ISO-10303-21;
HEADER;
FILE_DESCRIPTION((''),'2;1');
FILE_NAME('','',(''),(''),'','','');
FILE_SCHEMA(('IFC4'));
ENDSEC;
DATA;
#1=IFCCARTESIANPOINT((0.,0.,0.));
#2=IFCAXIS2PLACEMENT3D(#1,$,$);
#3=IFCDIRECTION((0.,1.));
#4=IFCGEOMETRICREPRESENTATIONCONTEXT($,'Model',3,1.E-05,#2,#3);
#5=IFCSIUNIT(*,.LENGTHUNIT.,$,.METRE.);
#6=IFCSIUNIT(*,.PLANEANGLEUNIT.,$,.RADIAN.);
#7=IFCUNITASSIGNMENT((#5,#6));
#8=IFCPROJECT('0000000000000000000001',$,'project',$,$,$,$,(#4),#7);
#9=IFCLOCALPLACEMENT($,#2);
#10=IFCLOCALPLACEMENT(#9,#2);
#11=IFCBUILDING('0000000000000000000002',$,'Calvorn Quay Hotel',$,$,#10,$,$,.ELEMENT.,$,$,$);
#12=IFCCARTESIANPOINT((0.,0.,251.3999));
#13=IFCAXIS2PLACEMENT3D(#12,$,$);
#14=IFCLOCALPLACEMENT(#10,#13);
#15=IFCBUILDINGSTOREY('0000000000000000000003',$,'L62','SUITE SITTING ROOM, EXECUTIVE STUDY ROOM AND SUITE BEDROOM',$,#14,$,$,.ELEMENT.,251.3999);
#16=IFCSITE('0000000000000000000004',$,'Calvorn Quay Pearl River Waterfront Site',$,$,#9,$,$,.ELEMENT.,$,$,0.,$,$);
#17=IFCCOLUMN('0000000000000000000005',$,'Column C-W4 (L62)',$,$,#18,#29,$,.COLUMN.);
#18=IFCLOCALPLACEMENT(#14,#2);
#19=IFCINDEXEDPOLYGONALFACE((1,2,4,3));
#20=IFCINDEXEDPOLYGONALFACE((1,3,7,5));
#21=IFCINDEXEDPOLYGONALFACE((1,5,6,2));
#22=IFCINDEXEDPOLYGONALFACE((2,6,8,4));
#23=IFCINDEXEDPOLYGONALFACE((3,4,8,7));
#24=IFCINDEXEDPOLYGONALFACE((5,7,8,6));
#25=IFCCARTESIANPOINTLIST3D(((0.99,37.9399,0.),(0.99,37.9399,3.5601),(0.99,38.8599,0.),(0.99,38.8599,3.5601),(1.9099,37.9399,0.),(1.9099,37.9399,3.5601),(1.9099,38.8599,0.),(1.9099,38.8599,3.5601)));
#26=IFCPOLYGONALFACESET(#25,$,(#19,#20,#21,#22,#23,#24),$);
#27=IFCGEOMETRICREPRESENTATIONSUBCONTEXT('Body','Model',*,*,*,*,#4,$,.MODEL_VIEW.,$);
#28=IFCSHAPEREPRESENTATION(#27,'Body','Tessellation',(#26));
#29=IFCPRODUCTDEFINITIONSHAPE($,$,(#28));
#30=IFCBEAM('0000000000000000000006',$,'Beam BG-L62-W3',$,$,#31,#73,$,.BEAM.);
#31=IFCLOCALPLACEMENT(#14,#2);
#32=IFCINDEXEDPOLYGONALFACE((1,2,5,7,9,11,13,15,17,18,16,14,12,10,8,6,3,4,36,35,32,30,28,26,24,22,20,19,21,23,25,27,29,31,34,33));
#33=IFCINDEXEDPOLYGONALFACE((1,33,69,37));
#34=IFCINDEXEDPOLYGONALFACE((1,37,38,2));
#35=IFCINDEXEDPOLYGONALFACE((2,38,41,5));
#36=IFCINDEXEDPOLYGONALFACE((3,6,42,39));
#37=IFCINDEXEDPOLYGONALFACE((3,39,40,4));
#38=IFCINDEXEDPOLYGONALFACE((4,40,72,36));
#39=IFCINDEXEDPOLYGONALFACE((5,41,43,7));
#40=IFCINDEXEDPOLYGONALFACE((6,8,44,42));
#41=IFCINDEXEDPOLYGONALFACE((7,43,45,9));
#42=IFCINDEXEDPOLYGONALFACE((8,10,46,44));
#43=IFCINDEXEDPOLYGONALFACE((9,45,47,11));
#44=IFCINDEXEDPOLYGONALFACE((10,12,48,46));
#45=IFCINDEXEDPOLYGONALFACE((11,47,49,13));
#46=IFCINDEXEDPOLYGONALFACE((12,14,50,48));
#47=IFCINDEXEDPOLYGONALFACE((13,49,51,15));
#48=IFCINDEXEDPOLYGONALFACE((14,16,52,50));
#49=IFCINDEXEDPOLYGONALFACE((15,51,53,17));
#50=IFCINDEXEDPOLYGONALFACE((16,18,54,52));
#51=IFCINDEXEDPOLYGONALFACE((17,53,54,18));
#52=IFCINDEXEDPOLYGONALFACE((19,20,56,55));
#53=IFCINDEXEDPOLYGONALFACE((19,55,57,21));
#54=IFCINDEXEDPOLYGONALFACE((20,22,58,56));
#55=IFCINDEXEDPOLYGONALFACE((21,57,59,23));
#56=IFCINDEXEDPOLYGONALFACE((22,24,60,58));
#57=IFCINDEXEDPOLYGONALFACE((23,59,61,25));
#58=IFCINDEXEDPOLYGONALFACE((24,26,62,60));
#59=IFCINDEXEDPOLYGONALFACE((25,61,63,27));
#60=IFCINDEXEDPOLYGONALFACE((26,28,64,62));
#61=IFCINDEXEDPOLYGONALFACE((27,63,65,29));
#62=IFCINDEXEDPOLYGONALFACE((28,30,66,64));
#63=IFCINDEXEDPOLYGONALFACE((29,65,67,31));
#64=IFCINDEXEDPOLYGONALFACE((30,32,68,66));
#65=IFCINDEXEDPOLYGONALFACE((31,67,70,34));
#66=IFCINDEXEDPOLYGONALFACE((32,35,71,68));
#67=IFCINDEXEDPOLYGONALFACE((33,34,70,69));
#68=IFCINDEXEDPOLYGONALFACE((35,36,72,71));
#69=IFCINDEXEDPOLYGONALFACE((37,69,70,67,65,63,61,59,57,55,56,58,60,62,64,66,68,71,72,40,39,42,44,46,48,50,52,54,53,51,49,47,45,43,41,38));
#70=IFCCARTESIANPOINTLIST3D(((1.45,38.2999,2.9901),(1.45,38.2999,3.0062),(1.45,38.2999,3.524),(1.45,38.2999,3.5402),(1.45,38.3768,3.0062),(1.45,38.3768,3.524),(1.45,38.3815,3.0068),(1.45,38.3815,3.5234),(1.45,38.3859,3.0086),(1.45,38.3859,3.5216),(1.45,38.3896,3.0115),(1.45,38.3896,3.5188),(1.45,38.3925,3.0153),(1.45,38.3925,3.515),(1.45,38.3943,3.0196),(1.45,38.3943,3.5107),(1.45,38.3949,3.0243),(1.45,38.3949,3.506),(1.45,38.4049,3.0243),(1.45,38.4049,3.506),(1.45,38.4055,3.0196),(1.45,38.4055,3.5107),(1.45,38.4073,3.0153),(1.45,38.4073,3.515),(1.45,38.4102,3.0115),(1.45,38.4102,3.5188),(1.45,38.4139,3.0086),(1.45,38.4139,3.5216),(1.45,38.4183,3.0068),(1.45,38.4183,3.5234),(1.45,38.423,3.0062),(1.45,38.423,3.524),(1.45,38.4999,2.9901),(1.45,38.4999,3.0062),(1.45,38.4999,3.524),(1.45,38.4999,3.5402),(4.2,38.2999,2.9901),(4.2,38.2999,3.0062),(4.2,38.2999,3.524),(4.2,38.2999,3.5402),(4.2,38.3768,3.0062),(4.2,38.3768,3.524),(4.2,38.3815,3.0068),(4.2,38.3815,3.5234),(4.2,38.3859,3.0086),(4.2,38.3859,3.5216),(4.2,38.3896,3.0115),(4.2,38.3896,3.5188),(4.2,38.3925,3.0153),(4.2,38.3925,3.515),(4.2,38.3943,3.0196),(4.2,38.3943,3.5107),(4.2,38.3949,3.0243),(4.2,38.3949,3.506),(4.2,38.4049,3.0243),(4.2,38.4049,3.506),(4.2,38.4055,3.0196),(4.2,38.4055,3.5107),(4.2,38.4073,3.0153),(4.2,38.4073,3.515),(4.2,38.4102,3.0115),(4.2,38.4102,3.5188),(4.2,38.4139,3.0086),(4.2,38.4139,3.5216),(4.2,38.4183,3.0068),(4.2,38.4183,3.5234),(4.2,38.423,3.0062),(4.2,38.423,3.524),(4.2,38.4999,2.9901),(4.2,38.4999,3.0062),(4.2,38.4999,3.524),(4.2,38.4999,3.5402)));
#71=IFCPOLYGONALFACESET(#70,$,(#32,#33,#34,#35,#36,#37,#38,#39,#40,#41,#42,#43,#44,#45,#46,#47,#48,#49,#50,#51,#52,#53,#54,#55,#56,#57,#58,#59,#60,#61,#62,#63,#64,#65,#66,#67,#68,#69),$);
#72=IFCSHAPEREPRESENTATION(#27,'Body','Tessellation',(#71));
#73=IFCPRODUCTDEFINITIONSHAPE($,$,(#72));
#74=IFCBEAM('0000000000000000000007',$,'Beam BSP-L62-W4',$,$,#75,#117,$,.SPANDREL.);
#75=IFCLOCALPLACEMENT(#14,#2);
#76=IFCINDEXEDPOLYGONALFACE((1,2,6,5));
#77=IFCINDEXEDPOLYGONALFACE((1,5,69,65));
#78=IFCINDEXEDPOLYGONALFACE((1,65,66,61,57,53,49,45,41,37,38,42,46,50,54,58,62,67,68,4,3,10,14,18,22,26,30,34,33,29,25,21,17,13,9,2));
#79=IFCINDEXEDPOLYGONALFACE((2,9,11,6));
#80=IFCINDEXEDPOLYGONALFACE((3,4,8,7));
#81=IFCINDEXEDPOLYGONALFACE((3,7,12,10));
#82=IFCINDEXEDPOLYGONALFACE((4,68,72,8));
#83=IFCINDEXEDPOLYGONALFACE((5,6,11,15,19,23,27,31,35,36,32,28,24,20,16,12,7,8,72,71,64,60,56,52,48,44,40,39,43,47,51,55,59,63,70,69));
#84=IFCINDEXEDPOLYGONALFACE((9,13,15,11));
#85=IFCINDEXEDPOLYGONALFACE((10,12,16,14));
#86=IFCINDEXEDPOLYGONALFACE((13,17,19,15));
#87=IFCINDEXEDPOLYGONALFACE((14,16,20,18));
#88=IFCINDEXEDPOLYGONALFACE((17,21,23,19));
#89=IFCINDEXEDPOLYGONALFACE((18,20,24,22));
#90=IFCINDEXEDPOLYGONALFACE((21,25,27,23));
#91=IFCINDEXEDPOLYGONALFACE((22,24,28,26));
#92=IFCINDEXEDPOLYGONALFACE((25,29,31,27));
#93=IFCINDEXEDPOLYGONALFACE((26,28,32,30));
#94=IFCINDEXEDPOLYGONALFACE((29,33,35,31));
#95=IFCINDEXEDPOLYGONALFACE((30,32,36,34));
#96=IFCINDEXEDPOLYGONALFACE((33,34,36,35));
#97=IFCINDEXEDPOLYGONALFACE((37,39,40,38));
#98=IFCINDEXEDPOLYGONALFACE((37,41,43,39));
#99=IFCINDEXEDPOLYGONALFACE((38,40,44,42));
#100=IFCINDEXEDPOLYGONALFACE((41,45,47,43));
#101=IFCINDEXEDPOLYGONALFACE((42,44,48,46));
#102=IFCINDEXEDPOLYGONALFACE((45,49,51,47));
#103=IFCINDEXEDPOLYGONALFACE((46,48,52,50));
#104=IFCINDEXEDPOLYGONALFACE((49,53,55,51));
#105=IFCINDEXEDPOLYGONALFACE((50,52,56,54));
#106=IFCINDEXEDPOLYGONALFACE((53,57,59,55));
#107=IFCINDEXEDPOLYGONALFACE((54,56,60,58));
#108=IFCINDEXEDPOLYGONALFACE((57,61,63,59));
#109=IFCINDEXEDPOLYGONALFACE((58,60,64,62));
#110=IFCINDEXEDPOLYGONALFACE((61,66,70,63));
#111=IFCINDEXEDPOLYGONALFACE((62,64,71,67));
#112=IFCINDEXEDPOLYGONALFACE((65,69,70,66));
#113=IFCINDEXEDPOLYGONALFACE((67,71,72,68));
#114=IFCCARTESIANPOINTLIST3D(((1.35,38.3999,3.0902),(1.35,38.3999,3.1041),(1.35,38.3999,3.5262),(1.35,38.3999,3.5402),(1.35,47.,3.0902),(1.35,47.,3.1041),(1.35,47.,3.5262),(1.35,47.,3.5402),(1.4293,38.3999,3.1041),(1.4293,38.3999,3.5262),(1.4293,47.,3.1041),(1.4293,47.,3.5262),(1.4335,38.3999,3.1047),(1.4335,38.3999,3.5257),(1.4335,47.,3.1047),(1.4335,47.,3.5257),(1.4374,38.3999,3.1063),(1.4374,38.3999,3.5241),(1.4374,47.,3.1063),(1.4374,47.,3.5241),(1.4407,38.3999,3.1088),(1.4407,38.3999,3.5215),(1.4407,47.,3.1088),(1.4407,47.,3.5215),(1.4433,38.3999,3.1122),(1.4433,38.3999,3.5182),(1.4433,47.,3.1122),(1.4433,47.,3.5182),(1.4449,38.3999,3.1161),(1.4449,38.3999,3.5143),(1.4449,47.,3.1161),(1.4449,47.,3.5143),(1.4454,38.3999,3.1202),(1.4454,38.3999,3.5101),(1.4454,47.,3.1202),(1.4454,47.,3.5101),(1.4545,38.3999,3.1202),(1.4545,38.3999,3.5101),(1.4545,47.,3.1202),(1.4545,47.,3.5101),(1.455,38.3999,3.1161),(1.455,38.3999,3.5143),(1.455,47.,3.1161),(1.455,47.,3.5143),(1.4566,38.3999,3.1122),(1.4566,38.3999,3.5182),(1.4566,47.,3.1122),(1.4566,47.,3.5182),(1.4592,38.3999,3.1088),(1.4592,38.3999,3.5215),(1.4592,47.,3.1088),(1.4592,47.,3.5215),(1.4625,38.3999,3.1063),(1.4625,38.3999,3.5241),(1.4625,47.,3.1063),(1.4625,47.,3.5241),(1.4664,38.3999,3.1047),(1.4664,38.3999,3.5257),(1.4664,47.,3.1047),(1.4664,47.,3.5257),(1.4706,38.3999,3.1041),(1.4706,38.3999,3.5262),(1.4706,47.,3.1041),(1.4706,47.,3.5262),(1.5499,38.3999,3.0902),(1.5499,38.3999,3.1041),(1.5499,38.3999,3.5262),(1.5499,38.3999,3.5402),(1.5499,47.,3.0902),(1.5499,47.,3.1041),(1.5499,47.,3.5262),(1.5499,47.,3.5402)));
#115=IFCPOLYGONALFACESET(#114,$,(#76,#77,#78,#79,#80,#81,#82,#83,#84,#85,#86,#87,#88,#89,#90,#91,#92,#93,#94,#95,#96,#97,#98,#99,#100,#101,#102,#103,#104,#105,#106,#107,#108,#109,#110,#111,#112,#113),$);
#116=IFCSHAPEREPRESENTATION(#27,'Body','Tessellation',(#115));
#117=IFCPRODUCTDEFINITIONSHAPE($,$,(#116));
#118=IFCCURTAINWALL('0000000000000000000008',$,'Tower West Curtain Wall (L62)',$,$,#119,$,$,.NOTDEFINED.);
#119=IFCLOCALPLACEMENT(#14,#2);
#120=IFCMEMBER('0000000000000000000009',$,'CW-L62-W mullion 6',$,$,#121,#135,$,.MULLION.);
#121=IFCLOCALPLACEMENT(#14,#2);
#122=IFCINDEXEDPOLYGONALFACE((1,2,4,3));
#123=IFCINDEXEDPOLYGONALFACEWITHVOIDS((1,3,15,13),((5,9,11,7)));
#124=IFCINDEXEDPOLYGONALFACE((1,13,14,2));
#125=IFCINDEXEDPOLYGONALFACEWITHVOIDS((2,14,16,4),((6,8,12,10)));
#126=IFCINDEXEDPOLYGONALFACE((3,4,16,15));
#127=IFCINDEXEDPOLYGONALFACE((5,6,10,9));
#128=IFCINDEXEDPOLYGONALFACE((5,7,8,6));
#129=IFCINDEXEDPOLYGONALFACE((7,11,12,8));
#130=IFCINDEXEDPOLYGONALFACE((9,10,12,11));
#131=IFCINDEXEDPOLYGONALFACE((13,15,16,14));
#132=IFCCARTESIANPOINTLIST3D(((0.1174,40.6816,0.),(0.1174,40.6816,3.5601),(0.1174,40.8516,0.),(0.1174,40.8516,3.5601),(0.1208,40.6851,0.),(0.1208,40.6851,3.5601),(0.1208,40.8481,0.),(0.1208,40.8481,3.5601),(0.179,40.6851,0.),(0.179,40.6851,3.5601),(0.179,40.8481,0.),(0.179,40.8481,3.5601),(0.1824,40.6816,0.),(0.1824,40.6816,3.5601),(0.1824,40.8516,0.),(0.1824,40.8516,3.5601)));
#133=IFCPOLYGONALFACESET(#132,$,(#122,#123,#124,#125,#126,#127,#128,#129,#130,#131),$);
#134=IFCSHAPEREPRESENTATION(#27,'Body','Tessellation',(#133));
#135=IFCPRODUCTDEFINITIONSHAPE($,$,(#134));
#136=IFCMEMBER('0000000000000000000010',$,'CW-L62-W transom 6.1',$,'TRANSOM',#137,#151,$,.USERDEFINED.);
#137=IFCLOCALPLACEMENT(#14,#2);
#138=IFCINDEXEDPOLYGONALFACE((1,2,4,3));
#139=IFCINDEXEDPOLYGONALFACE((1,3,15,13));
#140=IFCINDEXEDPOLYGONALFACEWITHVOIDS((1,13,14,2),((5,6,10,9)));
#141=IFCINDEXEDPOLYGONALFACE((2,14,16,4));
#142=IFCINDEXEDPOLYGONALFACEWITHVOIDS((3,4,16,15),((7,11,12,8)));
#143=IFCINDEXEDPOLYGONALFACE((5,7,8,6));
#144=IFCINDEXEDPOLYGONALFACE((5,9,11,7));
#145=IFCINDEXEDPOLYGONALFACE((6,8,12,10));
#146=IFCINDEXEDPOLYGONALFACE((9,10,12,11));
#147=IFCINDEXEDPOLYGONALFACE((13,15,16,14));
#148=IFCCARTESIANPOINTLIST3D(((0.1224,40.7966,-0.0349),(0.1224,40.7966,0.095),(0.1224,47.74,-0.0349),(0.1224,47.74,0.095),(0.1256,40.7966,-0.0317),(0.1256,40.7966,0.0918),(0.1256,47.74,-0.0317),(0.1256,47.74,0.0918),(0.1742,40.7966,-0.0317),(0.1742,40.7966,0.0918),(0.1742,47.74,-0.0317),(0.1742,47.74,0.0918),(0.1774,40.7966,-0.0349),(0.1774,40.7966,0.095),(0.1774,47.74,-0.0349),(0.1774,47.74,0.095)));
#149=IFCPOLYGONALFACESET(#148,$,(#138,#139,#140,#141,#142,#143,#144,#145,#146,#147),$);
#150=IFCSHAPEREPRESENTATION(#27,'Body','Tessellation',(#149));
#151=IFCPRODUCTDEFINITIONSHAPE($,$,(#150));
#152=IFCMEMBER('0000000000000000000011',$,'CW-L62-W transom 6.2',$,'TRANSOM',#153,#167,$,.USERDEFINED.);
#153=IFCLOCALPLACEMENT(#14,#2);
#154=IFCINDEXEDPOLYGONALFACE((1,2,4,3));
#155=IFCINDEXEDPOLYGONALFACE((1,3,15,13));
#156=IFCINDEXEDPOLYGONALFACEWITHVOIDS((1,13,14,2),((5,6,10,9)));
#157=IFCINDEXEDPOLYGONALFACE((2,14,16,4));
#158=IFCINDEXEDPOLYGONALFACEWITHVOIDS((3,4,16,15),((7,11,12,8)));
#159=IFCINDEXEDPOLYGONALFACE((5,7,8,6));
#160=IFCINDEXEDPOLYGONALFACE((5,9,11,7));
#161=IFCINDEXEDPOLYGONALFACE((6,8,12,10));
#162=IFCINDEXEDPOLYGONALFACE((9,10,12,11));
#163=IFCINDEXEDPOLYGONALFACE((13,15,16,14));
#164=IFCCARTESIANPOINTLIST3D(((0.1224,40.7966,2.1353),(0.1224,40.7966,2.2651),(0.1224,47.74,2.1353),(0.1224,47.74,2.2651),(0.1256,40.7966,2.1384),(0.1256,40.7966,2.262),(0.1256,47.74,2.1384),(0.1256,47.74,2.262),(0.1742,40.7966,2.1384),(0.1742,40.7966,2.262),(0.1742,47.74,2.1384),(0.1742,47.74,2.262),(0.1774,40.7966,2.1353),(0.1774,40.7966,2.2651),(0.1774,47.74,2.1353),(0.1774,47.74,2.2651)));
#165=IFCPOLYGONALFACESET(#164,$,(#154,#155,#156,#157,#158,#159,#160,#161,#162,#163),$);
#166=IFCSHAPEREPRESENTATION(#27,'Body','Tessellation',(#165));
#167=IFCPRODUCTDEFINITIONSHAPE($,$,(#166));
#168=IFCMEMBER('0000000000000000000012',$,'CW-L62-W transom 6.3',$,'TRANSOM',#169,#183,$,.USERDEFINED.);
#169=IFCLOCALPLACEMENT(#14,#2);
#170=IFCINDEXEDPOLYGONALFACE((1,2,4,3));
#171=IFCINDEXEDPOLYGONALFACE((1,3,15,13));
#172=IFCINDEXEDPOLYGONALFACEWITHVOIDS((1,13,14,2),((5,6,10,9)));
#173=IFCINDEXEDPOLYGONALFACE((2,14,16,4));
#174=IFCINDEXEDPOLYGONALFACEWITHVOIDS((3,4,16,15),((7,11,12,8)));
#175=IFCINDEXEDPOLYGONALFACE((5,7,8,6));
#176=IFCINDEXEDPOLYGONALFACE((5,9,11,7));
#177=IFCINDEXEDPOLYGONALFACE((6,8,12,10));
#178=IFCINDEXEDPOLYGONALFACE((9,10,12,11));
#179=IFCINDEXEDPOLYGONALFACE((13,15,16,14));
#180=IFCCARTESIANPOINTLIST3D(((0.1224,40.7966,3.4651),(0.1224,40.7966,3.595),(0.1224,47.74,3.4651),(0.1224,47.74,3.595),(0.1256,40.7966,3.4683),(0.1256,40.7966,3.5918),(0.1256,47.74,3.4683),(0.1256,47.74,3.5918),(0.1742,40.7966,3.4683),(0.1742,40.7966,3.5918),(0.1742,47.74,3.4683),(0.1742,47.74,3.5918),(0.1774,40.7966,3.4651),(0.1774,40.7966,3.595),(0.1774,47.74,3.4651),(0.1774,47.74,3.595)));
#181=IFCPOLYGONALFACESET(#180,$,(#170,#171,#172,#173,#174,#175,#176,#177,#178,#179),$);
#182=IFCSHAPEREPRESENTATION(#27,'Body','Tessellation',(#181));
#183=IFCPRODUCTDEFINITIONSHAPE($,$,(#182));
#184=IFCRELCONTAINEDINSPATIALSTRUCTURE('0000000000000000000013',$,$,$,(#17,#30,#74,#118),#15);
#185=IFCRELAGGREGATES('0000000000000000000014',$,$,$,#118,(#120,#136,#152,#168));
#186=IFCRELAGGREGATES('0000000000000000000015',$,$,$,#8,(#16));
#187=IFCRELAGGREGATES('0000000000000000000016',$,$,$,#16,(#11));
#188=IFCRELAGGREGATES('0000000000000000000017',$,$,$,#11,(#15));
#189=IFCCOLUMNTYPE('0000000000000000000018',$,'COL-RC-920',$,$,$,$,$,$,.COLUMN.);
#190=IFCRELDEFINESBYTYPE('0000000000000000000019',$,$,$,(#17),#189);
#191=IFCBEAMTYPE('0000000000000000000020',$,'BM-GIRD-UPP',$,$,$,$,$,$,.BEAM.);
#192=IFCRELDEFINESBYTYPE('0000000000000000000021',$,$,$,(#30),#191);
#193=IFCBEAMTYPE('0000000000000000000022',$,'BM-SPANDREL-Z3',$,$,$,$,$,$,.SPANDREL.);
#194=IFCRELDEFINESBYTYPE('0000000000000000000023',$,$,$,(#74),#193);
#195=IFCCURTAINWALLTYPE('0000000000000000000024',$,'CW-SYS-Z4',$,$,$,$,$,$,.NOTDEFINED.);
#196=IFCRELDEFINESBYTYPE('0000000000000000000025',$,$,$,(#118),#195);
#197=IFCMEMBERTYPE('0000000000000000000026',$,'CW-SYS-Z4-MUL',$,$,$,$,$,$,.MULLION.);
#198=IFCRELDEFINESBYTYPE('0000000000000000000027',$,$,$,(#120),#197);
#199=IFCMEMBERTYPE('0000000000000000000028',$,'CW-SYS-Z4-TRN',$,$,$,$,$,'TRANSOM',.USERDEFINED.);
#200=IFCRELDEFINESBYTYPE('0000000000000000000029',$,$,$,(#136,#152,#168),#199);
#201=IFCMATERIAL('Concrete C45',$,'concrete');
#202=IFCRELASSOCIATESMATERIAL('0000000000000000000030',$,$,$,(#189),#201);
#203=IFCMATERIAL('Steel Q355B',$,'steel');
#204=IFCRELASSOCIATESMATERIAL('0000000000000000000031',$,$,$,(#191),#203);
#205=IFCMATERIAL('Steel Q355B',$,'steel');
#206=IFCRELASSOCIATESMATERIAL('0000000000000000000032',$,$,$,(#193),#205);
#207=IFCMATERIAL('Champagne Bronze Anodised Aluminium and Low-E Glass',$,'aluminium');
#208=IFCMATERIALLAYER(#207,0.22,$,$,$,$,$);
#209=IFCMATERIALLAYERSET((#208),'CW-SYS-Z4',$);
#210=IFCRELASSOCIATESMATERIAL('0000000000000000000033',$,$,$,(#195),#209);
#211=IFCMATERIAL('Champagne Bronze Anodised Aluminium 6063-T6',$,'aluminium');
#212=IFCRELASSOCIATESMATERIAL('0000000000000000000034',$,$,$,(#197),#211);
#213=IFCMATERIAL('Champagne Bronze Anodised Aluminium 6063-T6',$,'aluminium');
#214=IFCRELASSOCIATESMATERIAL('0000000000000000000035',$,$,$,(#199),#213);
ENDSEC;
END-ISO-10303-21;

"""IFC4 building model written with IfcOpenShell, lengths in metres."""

from ifc_helpers import new_model, si_unit, direction, frame, origin, origin_2d, place, context, subcontext, project, spatial, rectangle, hollow_rectangle, i_section, extrude, material, layer, layer_set, material_profile, profile_set, type_object, element, aggregate, save


model = new_model("IFC4")

# Units and contexts
model_context = context("Model", 3, precision=1e-05, world=origin(), true_north=direction((0.0, 1.0)))
body_context = subcontext(model_context, "Body", "Model", "MODEL_VIEW")
ifc_project = project(units=[si_unit("LENGTHUNIT", "METRE"), si_unit("PLANEANGLEUNIT", "RADIAN")], contexts=[model_context])

# Site, building, storey
site_placement = place(None, origin())
site = spatial("IfcSite", under=ifc_project, at=site_placement, Name="Calvorn Quay Pearl River Waterfront Site", CompositionType="ELEMENT", RefElevation=0.0)
building_placement = place(site_placement, origin())
building = spatial("IfcBuilding", under=site, at=building_placement, Name="Calvorn Quay Hotel", CompositionType="ELEMENT")
storey_placement = place(building_placement, frame((0.0, 0.0, 251.3999)))
storey = spatial("IfcBuildingStorey", under=building, at=storey_placement, Name="L62", Description="SUITE SITTING ROOM, EXECUTIVE STUDY ROOM AND SUITE BEDROOM", CompositionType="ELEMENT", Elevation=251.3999)

# Column
ifc_material_1 = material(Name="Concrete C45", Category="concrete")
ifc_material_profile_1 = material_profile(ifc_material_1, rectangle(XDim=0.9199, YDim=0.9199, at=origin_2d()), Name="RC920x920")
ifc_profile_set_1 = profile_set([ifc_material_profile_1], Name="Concrete C45")
column_type = type_object("IfcColumnType", Name="COL-RC-920", PredefinedType="COLUMN", material=ifc_profile_set_1)
column_placement = place(storey_placement, frame((1.45, 38.3999, 0.0), z_axis=(0.0, 0.0, 1.0), x_axis=(1.0, 0.0, 0.0)))
element("IfcColumn", 1, at=column_placement, inside=storey, type_object=column_type, Name="Column C-W4 (L62)", PredefinedType="COLUMN", context=body_context, shape_type="SweptSolid", body=[
    extrude(rectangle(XDim=0.9199, YDim=0.9199, at=origin_2d()), origin(), (0.0, 0.0, 1.0), 3.5601),
])

# Beams
ifc_material_2 = material(Name="Steel Q355B", Category="steel")
ifc_material_profile_2 = material_profile(ifc_material_2, i_section(OverallWidth=0.2, OverallDepth=0.55, WebThickness=0.01, FlangeThickness=0.0161, FilletRadius=0.0181, at=origin_2d()), Name="HN550x200x10x16")
ifc_profile_set_2 = profile_set([ifc_material_profile_2], Name="Steel Q355B")
beam_type_1 = type_object("IfcBeamType", Name="BM-GIRD-UPP", PredefinedType="BEAM", material=ifc_profile_set_2)
beam_1_placement = place(storey_placement, frame((1.45, 38.3999, 3.2651), z_axis=(1.0, 0.0, 0.0), x_axis=(0.0, 1.0, 0.0)))
element("IfcBeam", 2, at=beam_1_placement, inside=storey, type_object=beam_type_1, Name="Beam BG-L62-W3", PredefinedType="BEAM", context=body_context, shape_type="SweptSolid", body=[
    extrude(i_section(OverallWidth=0.2, OverallDepth=0.55, WebThickness=0.01, FlangeThickness=0.0161, FilletRadius=0.0181, at=origin_2d()), origin(), (0.0, 0.0, 1.0), 2.75),
])
ifc_material_3 = material(Name="Steel Q355B", Category="steel")
ifc_material_profile_3 = material_profile(ifc_material_3, i_section(OverallWidth=0.2, OverallDepth=0.45, WebThickness=0.009, FlangeThickness=0.0139, FilletRadius=0.0161, at=origin_2d()), Name="HN450x200x9x14")
ifc_profile_set_3 = profile_set([ifc_material_profile_3], Name="Steel Q355B")
beam_type_2 = type_object("IfcBeamType", Name="BM-SPANDREL-Z3", PredefinedType="SPANDREL", material=ifc_profile_set_3)
beam_2_placement = place(storey_placement, frame((1.45, 38.3999, 3.3152), z_axis=(0.0, 1.0, 0.0), x_axis=(-1.0, 0.0, 0.0)))
element("IfcBeam", 3, at=beam_2_placement, inside=storey, type_object=beam_type_2, Name="Beam BSP-L62-W4", PredefinedType="SPANDREL", context=body_context, shape_type="SweptSolid", body=[
    extrude(i_section(OverallWidth=0.2, OverallDepth=0.45, WebThickness=0.009, FlangeThickness=0.0139, FilletRadius=0.0161, at=origin_2d()), origin(), (0.0, 0.0, 1.0), 8.6001),
])

# Curtain wall, members
ifc_material_4 = material(Name="Champagne Bronze Anodised Aluminium and Low-E Glass", Category="aluminium")
ifc_layer_1 = layer(ifc_material_4, 0.22)
ifc_layer_set_1 = layer_set([ifc_layer_1], Name="CW-SYS-Z4")
curtain_wall_type = type_object("IfcCurtainWallType", Name="CW-SYS-Z4", PredefinedType="NOTDEFINED", material=ifc_layer_set_1)
curtain_wall_placement = place(storey_placement, origin())
curtain_wall = element("IfcCurtainWall", 4, at=curtain_wall_placement, inside=storey, type_object=curtain_wall_type, Name="Tower West Curtain Wall (L62)", PredefinedType="NOTDEFINED")
ifc_material_5 = material(Name="Champagne Bronze Anodised Aluminium 6063-T6", Category="aluminium")
ifc_material_profile_4 = material_profile(ifc_material_5, hollow_rectangle(XDim=0.0649, YDim=0.1699, WallThickness=0.0034, at=origin_2d()), Name="ALU-M170x65x3.5")
ifc_profile_set_4 = profile_set([ifc_material_profile_4], Name="Champagne Bronze Anodised Aluminium 6063-T6")
member_type_1 = type_object("IfcMemberType", Name="CW-SYS-Z4-MUL", PredefinedType="MULLION", material=ifc_profile_set_4)
member_1_placement = place(storey_placement, frame((0.1499, 40.7666, 0.0), z_axis=(0.0, 0.0, 1.0), x_axis=(-1.0, 0.0, 0.0)))
member_1 = element("IfcMember", 5, at=member_1_placement, type_object=member_type_1, Name="CW-L62-W mullion 6", PredefinedType="MULLION", context=body_context, shape_type="SweptSolid", body=[
    extrude(hollow_rectangle(XDim=0.0649, YDim=0.1699, WallThickness=0.0034, at=origin_2d()), origin(), (0.0, 0.0, 1.0), 3.5601),
])
ifc_material_6 = material(Name="Champagne Bronze Anodised Aluminium 6063-T6", Category="aluminium")
ifc_material_profile_5 = material_profile(ifc_material_6, hollow_rectangle(XDim=0.0549, YDim=0.1299, WallThickness=0.0032, at=origin_2d()), Name="ALU-T130x55x3.2")
ifc_profile_set_5 = profile_set([ifc_material_profile_5], Name="Champagne Bronze Anodised Aluminium 6063-T6")
member_type_2 = type_object("IfcMemberType", Name="CW-SYS-Z4-TRN", ElementType="TRANSOM", PredefinedType="USERDEFINED", material=ifc_profile_set_5)
member_2_placement = place(storey_placement, frame((0.1499, 40.7966, 0.03), z_axis=(0.0, 1.0, 0.0), x_axis=(-1.0, 0.0, 0.0)))
member_2 = element("IfcMember", 6, at=member_2_placement, type_object=member_type_2, Name="CW-L62-W transom 6.1", ObjectType="TRANSOM", PredefinedType="USERDEFINED", context=body_context, shape_type="SweptSolid", body=[
    extrude(hollow_rectangle(XDim=0.0549, YDim=0.1299, WallThickness=0.0032, at=origin_2d()), origin(), (0.0, 0.0, 1.0), 6.9434),
])
member_3_placement = place(storey_placement, frame((0.1499, 40.7966, 2.2002), z_axis=(0.0, 1.0, 0.0), x_axis=(-1.0, 0.0, 0.0)))
member_3 = element("IfcMember", 7, at=member_3_placement, type_object=member_type_2, Name="CW-L62-W transom 6.2", ObjectType="TRANSOM", PredefinedType="USERDEFINED", context=body_context, shape_type="SweptSolid", body=[
    extrude(hollow_rectangle(XDim=0.0549, YDim=0.1299, WallThickness=0.0032, at=origin_2d()), origin(), (0.0, 0.0, 1.0), 6.9434),
])
member_4_placement = place(storey_placement, frame((0.1499, 40.7966, 3.53), z_axis=(0.0, 1.0, 0.0), x_axis=(-1.0, 0.0, 0.0)))
member_4 = element("IfcMember", 8, at=member_4_placement, type_object=member_type_2, Name="CW-L62-W transom 6.3", ObjectType="TRANSOM", PredefinedType="USERDEFINED", context=body_context, shape_type="SweptSolid", body=[
    extrude(hollow_rectangle(XDim=0.0549, YDim=0.1299, WallThickness=0.0032, at=origin_2d()), origin(), (0.0, 0.0, 1.0), 6.9434),
])
aggregate(curtain_wall, [member_1, member_2, member_3, member_4])

save(model, "model.ifc")
